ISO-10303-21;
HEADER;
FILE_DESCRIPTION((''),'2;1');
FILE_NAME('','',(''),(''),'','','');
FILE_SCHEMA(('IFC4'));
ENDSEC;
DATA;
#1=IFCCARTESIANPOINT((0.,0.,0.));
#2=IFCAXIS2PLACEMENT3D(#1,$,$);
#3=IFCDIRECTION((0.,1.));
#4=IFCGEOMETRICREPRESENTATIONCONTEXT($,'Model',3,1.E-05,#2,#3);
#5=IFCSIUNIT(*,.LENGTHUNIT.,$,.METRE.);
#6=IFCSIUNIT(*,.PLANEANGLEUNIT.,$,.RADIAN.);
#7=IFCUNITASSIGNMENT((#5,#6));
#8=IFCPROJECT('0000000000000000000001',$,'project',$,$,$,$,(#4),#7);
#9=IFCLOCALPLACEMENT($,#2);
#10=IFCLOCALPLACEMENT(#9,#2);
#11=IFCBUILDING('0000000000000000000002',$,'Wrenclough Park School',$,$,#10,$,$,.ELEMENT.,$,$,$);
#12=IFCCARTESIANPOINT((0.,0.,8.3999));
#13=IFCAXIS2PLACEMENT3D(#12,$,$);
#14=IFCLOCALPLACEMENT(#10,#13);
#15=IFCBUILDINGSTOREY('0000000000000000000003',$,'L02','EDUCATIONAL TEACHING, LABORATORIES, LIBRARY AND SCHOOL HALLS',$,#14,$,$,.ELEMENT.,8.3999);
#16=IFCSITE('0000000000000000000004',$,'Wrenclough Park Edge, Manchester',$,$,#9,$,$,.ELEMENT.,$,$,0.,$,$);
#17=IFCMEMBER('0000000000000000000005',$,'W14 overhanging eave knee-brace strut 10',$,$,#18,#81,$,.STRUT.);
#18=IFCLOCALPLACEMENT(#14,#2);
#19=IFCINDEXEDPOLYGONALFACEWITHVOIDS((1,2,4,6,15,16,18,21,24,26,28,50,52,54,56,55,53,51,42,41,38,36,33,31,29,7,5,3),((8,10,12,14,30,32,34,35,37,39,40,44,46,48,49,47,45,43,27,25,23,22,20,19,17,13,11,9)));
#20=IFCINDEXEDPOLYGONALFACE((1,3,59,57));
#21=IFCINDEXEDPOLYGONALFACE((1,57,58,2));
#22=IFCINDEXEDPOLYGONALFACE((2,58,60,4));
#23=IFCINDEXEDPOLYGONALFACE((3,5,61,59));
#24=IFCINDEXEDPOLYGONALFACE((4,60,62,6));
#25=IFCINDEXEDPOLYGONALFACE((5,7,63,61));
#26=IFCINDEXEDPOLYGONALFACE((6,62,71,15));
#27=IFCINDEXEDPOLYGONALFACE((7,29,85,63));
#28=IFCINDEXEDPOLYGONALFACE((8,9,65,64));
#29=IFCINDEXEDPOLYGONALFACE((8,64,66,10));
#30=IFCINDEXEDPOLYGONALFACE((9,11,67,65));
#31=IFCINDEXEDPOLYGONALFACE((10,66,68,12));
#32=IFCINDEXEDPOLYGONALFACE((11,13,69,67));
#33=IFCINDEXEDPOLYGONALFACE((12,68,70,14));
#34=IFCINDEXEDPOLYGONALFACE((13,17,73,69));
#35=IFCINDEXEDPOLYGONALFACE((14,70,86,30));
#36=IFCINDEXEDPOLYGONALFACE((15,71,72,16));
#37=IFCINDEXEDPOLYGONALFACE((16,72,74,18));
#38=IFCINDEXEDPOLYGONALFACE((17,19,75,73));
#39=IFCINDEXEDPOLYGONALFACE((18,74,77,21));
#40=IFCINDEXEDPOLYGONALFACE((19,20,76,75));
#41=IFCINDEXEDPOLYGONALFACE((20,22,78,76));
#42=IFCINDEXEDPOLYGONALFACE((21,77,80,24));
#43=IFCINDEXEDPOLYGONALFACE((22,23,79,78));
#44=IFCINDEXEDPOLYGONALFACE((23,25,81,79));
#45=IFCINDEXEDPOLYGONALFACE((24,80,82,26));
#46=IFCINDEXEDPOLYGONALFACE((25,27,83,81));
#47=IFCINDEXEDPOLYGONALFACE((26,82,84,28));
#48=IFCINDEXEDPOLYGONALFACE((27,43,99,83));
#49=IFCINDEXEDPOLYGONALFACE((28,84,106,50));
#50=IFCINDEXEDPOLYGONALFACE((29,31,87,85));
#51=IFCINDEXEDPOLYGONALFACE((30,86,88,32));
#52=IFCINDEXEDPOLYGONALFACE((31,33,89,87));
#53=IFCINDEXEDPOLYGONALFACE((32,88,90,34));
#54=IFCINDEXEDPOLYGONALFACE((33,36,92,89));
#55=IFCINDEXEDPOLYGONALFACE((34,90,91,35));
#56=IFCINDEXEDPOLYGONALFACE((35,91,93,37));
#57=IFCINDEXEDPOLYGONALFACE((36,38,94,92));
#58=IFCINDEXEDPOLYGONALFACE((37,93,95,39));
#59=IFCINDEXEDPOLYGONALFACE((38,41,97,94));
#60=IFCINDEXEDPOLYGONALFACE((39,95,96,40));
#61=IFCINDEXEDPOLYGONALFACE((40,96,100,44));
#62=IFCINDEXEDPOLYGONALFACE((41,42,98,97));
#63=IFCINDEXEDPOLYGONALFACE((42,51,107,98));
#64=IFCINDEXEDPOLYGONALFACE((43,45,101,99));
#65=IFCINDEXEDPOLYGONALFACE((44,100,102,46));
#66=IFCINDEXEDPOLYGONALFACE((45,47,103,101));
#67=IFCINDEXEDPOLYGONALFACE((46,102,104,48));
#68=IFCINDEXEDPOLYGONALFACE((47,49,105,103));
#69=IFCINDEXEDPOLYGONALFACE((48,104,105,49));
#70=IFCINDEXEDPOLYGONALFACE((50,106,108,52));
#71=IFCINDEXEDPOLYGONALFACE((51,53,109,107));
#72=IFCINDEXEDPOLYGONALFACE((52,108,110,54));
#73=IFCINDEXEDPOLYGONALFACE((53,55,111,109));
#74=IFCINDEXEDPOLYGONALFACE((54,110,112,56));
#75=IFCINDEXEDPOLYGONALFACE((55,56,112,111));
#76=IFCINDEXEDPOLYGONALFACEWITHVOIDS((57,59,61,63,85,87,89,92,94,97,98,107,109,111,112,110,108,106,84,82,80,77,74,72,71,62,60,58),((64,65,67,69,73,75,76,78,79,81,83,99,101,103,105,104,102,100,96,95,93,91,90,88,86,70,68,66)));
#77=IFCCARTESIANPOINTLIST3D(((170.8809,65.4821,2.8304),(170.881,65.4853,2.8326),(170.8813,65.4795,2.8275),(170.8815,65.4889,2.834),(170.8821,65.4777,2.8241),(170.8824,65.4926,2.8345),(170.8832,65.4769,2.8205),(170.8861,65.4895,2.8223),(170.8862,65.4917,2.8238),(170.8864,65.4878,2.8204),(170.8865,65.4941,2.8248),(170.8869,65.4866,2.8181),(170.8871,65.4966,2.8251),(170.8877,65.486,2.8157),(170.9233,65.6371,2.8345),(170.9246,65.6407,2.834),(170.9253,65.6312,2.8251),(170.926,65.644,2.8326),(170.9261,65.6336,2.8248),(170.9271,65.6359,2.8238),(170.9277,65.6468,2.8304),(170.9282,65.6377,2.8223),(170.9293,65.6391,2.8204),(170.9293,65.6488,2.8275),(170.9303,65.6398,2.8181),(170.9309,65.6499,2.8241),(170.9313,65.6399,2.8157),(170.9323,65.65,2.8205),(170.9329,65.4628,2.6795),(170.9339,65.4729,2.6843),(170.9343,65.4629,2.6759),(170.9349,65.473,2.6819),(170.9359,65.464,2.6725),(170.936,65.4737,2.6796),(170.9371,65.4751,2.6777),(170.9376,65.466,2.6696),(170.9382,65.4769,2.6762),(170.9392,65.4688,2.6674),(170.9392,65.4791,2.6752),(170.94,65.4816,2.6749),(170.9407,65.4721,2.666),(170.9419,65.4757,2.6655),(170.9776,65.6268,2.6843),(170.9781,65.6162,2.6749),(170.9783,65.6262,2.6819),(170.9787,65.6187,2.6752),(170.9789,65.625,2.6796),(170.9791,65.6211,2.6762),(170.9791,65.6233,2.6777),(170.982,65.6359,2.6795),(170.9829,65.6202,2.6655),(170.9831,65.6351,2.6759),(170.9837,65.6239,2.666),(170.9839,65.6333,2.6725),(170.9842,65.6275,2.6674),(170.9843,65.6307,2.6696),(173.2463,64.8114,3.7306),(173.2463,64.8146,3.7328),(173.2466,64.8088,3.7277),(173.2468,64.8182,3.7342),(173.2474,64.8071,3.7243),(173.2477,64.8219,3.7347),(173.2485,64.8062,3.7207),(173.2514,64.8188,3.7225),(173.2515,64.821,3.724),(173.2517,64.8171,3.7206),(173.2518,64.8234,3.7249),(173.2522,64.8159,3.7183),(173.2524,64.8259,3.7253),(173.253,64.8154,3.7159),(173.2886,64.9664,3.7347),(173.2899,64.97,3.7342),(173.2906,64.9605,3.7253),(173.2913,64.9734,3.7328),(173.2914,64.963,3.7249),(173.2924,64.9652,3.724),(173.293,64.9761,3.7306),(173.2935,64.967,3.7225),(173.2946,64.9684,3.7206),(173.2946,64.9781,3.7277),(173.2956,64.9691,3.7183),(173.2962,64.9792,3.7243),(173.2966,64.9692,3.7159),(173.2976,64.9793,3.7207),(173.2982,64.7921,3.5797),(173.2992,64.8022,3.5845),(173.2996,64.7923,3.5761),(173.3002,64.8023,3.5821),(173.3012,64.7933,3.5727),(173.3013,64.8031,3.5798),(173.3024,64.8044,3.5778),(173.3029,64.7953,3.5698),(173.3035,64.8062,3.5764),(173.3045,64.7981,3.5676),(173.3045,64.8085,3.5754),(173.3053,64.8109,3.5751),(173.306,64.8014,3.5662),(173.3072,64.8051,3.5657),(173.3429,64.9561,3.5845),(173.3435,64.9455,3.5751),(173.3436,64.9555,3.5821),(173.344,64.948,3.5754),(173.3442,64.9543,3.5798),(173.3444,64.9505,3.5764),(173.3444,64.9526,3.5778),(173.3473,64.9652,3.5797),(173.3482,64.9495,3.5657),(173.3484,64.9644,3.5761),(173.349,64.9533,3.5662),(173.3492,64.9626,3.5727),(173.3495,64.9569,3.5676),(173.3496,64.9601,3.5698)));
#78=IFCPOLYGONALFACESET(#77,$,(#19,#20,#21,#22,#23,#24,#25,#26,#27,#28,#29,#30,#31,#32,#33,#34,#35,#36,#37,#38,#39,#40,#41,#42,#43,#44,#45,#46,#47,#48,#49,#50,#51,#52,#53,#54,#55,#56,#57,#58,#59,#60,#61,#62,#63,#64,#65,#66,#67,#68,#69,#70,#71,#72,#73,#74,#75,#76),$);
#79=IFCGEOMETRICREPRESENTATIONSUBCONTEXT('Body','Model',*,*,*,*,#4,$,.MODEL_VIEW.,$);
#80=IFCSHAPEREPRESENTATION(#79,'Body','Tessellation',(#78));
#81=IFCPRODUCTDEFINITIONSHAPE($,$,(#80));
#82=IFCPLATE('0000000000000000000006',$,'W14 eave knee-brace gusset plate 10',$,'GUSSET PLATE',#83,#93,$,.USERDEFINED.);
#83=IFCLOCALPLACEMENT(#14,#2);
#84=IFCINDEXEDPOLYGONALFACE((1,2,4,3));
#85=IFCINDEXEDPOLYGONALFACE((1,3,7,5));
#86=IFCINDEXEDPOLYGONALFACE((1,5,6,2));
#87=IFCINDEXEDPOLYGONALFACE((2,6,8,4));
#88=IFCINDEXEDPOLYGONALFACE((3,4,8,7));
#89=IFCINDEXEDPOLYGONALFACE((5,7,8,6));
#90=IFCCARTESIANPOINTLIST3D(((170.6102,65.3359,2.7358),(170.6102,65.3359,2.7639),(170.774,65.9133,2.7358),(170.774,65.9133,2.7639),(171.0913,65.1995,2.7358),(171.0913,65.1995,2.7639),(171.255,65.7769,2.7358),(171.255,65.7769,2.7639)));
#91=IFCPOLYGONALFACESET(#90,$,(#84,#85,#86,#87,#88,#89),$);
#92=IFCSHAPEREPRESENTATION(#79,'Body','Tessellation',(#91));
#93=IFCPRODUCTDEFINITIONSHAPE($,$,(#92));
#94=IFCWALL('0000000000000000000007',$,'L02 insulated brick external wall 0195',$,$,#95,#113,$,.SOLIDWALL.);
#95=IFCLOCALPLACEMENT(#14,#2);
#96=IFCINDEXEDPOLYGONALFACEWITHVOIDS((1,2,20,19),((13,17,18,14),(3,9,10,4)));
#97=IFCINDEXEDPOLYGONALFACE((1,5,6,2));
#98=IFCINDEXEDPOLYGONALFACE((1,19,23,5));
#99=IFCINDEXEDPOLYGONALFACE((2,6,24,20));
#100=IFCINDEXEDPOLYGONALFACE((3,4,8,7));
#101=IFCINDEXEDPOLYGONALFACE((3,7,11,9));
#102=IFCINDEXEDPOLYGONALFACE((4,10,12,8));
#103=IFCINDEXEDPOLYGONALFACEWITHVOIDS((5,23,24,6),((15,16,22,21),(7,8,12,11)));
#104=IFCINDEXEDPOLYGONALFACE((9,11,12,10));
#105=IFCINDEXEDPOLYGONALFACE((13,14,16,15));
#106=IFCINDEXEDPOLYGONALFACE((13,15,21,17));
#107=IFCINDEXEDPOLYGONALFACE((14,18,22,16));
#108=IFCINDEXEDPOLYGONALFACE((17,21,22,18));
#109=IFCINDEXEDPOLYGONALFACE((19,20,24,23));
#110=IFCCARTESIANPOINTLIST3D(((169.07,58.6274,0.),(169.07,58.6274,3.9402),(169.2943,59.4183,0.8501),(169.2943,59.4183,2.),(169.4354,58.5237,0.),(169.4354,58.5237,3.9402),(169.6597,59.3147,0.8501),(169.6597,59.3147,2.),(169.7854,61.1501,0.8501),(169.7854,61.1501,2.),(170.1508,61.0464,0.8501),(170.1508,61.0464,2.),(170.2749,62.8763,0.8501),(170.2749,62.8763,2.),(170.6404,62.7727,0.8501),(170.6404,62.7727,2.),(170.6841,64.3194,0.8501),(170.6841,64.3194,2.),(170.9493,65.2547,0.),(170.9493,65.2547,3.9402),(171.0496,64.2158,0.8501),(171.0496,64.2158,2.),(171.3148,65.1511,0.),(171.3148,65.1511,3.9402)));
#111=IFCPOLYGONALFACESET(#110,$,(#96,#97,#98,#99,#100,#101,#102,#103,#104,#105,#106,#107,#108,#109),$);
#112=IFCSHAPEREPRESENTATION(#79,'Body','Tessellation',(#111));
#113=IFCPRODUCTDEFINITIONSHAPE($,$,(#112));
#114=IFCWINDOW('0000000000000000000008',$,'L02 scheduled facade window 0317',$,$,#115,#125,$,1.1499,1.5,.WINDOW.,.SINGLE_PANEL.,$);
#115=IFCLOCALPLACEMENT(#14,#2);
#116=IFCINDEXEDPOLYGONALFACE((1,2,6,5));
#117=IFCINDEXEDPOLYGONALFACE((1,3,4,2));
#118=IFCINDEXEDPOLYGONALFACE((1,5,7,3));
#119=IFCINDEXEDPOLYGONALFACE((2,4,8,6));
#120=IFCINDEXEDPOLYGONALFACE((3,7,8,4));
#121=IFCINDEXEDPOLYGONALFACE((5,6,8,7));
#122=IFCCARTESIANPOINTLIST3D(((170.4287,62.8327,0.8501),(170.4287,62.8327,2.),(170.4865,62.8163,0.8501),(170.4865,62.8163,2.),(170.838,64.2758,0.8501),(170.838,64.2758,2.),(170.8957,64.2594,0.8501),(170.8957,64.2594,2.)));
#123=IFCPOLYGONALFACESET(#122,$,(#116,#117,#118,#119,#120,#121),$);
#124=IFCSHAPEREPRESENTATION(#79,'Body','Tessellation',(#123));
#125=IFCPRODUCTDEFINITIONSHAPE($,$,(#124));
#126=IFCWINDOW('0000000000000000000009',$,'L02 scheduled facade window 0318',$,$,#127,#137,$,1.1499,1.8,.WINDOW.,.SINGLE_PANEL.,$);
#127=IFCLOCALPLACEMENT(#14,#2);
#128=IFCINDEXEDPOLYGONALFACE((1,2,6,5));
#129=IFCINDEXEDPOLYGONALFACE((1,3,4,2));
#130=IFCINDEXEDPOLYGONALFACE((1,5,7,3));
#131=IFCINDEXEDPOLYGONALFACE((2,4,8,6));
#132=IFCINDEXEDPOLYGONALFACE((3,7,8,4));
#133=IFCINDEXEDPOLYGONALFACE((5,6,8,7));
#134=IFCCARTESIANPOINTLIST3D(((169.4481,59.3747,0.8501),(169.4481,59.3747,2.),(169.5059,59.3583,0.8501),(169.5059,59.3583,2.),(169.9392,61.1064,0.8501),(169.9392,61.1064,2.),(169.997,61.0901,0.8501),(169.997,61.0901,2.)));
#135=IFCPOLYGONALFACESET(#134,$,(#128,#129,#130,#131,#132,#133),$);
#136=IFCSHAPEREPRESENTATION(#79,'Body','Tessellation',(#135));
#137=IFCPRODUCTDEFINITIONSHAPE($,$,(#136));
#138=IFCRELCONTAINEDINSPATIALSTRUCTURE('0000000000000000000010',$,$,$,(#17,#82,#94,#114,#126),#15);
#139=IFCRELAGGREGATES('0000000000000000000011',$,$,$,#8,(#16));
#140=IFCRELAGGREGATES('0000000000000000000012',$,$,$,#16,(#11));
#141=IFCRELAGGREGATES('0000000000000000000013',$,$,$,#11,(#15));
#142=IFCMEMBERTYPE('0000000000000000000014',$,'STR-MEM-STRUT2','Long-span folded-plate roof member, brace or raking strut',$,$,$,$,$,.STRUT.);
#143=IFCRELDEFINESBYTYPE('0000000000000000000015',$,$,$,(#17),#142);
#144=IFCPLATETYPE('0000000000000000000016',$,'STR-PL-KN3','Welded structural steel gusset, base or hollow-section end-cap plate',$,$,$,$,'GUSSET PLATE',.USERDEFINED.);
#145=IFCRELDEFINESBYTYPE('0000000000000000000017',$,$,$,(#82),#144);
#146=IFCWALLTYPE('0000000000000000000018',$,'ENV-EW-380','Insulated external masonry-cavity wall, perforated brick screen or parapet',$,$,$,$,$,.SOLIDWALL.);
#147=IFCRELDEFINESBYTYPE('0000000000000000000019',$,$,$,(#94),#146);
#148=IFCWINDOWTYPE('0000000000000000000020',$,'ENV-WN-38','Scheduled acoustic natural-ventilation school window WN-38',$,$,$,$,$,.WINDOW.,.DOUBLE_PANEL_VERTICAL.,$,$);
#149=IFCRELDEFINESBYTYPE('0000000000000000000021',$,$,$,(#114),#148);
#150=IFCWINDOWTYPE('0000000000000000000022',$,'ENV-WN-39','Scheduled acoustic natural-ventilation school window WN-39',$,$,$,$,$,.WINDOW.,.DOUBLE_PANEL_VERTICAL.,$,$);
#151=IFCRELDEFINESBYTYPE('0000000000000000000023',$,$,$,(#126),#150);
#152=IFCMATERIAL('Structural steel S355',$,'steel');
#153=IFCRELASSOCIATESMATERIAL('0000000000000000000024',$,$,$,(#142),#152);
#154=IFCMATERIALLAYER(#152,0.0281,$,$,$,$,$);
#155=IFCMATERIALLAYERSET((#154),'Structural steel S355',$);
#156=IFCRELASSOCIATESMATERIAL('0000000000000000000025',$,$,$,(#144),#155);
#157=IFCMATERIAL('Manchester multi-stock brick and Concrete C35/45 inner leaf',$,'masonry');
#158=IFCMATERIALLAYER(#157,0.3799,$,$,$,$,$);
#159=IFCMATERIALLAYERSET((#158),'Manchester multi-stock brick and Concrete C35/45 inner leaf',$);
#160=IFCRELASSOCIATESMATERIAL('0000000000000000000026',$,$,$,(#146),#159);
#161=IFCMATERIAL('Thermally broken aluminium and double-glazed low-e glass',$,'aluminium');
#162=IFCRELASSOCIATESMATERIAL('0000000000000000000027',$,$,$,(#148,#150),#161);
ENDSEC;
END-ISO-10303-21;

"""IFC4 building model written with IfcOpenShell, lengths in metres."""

from ifc_helpers import new_model, si_unit, direction, frame, frame_2d, origin, origin_2d, place, context, subcontext, project, spatial, rectangle, hollow_rectangle, extrude, material, layer, layer_set, material_profile, profile_set, type_object, element, fill, save


model = new_model("IFC4")

# Units and contexts
model_context = context("Model", 3, precision=1e-05, world=origin(), true_north=direction((0.0, 1.0)))
body_context = subcontext(model_context, "Body", "Model", "MODEL_VIEW")
ifc_project = project(units=[si_unit("LENGTHUNIT", "METRE"), si_unit("PLANEANGLEUNIT", "RADIAN")], contexts=[model_context])

# Site, building, storey
site_placement = place(None, origin())
site = spatial("IfcSite", under=ifc_project, at=site_placement, Name="Wrenclough Park Edge, Manchester", CompositionType="ELEMENT", RefElevation=0.0)
building_placement = place(site_placement, origin())
building = spatial("IfcBuilding", under=site, at=building_placement, Name="Wrenclough Park School", CompositionType="ELEMENT")
storey_placement = place(building_placement, frame((0.0, 0.0, 8.3999)))
storey = spatial("IfcBuildingStorey", under=building, at=storey_placement, Name="L02", Description="EDUCATIONAL TEACHING, LABORATORIES, LIBRARY AND SCHOOL HALLS", CompositionType="ELEMENT", Elevation=8.3999)

# Shared definitions
ifc_material_1 = material(Name="Structural steel S355", Category="steel")

# Member
ifc_material_profile_1 = material_profile(ifc_material_1, hollow_rectangle(XDim=0.1799, YDim=0.1799, WallThickness=0.01, InnerFilletRadius=0.01, OuterFilletRadius=0.0149, at=origin_2d()), Name="SHS 180x180x10.0")
ifc_profile_set_1 = profile_set([ifc_material_profile_1], Name="Structural steel S355")
member_type = type_object("IfcMemberType", Name="STR-MEM-STRUT2", Description="Long-span folded-plate roof member, brace or raking strut", PredefinedType="STRUT", material=ifc_profile_set_1)
member_placement = place(storey_placement, frame((170.9326, 65.5564, 2.75), z_axis=(0.903421, -0.256162, 0.343819), x_axis=(0.272793, 0.962073, 0.0)))
element("IfcMember", 1, at=member_placement, inside=storey, type_object=member_type, Name="W14 overhanging eave knee-brace strut 10", PredefinedType="STRUT", context=body_context, shape_type="SweptSolid", body=[
    extrude(hollow_rectangle(XDim=0.1799, YDim=0.1799, WallThickness=0.01, InnerFilletRadius=0.01, OuterFilletRadius=0.0149, at=origin_2d()), origin(), (0.0, 0.0, 1.0), 2.6182),
])

# Plate
ifc_layer_1 = layer(ifc_material_1, 0.0281)
ifc_layer_set_1 = layer_set([ifc_layer_1], Name="Structural steel S355")
plate_type = type_object("IfcPlateType", Name="STR-PL-KN3", Description="Welded structural steel gusset, base or hollow-section end-cap plate", ElementType="GUSSET PLATE", PredefinedType="USERDEFINED", material=ifc_layer_set_1)
plate_placement = place(storey_placement, frame((170.9326, 65.5564, 2.7358), z_axis=(0.0, 0.0, 1.0), x_axis=(0.272824, 0.962064, 0.0)))
element("IfcPlate", 2, at=plate_placement, inside=storey, type_object=plate_type, Name="W14 eave knee-brace gusset plate 10", ObjectType="GUSSET PLATE", PredefinedType="USERDEFINED", context=body_context, shape_type="SweptSolid", body=[
    extrude(rectangle(XDim=0.6001, YDim=0.5, at=origin_2d()), origin(), (0.0, 0.0, 1.0), 0.0281),
])

# Wall, openings, windows
ifc_material_2 = material(Name="Manchester multi-stock brick and Concrete C35/45 inner leaf", Category="masonry")
ifc_layer_2 = layer(ifc_material_2, 0.3799)
ifc_layer_set_2 = layer_set([ifc_layer_2], Name="Manchester multi-stock brick and Concrete C35/45 inner leaf")
wall_type_1 = type_object("IfcWallType", Name="ENV-EW-380", Description="Insulated external masonry-cavity wall, perforated brick screen or parapet", PredefinedType="SOLIDWALL", material=ifc_layer_set_2)
wall_1_placement = place(storey_placement, frame((171.1321, 65.2029, 0.0), z_axis=(0.0, 0.0, 1.0), x_axis=(-0.27282, -0.962065, 0.0)))
wall_1 = element("IfcWall", 3, at=wall_1_placement, inside=storey, type_object=wall_type_1, Name="L02 insulated brick external wall 0195", PredefinedType="SOLIDWALL", context=body_context, shape_type="SweptSolid", body=[
    extrude(rectangle(XDim=6.8887, YDim=0.3799, at=frame_2d((3.4443, 0.0))), origin(), (0.0, 0.0, 1.0), 3.9402),
])
opening_1_placement = place(wall_1_placement, frame((0.9722, 0.0, 0.8501)))
opening_1 = element("IfcOpeningElement", 4, at=opening_1_placement, cuts=wall_1, PredefinedType="OPENING", context=body_context, shape_type="SweptSolid", body=[
    extrude(rectangle(XDim=1.5, YDim=1.1499, at=frame_2d((0.75, 0.575))), frame((0.0, 0.2, 0.0), z_axis=(0.0, -1.0, 0.0), x_axis=(1.0, 0.0, 0.0)), (0.0, 0.0, 1.0), 0.3999),
])
opening_2_placement = place(wall_1_placement, frame((4.2666, 0.0, 0.8501)))
opening_2 = element("IfcOpeningElement", 5, at=opening_2_placement, cuts=wall_1, PredefinedType="OPENING", context=body_context, shape_type="SweptSolid", body=[
    extrude(rectangle(XDim=1.8, YDim=1.1499, at=frame_2d((0.8999, 0.575))), frame((0.0, 0.2, 0.0), z_axis=(0.0, -1.0, 0.0), x_axis=(1.0, 0.0, 0.0)), (0.0, 0.0, 1.0), 0.3999),
])
ifc_material_3 = material(Name="Thermally broken aluminium and double-glazed low-e glass", Category="aluminium")
window_type_1 = type_object("IfcWindowType", Name="ENV-WN-38", Description="Scheduled acoustic natural-ventilation school window WN-38", PartitioningType="DOUBLE_PANEL_VERTICAL", PredefinedType="WINDOW", material=ifc_material_3)
window_1_placement = place(opening_1_placement, origin())
window_1 = element("IfcWindow", 6, at=window_1_placement, inside=storey, type_object=window_type_1, Name="L02 scheduled facade window 0317", OverallHeight=1.1499, OverallWidth=1.5, PartitioningType="SINGLE_PANEL", PredefinedType="WINDOW", context=body_context, shape_type="SweptSolid", body=[
    extrude(rectangle(XDim=1.5, YDim=1.1499, at=frame_2d((0.75, 0.575))), frame((0.0, 0.03, 0.0), z_axis=(0.0, -1.0, 0.0), x_axis=(1.0, 0.0, 0.0)), (0.0, 0.0, 1.0), 0.0601),
])
fill(opening_1, window_1)
window_type_2 = type_object("IfcWindowType", Name="ENV-WN-39", Description="Scheduled acoustic natural-ventilation school window WN-39", PartitioningType="DOUBLE_PANEL_VERTICAL", PredefinedType="WINDOW", material=ifc_material_3)
window_2_placement = place(opening_2_placement, origin())
window_2 = element("IfcWindow", 7, at=window_2_placement, inside=storey, type_object=window_type_2, Name="L02 scheduled facade window 0318", OverallHeight=1.1499, OverallWidth=1.8, PartitioningType="SINGLE_PANEL", PredefinedType="WINDOW", context=body_context, shape_type="SweptSolid", body=[
    extrude(rectangle(XDim=1.8, YDim=1.1499, at=frame_2d((0.8999, 0.575))), frame((0.0, 0.03, 0.0), z_axis=(0.0, -1.0, 0.0), x_axis=(1.0, 0.0, 0.0)), (0.0, 0.0, 1.0), 0.0601),
])
fill(opening_2, window_2)

save(model, "model.ifc")
